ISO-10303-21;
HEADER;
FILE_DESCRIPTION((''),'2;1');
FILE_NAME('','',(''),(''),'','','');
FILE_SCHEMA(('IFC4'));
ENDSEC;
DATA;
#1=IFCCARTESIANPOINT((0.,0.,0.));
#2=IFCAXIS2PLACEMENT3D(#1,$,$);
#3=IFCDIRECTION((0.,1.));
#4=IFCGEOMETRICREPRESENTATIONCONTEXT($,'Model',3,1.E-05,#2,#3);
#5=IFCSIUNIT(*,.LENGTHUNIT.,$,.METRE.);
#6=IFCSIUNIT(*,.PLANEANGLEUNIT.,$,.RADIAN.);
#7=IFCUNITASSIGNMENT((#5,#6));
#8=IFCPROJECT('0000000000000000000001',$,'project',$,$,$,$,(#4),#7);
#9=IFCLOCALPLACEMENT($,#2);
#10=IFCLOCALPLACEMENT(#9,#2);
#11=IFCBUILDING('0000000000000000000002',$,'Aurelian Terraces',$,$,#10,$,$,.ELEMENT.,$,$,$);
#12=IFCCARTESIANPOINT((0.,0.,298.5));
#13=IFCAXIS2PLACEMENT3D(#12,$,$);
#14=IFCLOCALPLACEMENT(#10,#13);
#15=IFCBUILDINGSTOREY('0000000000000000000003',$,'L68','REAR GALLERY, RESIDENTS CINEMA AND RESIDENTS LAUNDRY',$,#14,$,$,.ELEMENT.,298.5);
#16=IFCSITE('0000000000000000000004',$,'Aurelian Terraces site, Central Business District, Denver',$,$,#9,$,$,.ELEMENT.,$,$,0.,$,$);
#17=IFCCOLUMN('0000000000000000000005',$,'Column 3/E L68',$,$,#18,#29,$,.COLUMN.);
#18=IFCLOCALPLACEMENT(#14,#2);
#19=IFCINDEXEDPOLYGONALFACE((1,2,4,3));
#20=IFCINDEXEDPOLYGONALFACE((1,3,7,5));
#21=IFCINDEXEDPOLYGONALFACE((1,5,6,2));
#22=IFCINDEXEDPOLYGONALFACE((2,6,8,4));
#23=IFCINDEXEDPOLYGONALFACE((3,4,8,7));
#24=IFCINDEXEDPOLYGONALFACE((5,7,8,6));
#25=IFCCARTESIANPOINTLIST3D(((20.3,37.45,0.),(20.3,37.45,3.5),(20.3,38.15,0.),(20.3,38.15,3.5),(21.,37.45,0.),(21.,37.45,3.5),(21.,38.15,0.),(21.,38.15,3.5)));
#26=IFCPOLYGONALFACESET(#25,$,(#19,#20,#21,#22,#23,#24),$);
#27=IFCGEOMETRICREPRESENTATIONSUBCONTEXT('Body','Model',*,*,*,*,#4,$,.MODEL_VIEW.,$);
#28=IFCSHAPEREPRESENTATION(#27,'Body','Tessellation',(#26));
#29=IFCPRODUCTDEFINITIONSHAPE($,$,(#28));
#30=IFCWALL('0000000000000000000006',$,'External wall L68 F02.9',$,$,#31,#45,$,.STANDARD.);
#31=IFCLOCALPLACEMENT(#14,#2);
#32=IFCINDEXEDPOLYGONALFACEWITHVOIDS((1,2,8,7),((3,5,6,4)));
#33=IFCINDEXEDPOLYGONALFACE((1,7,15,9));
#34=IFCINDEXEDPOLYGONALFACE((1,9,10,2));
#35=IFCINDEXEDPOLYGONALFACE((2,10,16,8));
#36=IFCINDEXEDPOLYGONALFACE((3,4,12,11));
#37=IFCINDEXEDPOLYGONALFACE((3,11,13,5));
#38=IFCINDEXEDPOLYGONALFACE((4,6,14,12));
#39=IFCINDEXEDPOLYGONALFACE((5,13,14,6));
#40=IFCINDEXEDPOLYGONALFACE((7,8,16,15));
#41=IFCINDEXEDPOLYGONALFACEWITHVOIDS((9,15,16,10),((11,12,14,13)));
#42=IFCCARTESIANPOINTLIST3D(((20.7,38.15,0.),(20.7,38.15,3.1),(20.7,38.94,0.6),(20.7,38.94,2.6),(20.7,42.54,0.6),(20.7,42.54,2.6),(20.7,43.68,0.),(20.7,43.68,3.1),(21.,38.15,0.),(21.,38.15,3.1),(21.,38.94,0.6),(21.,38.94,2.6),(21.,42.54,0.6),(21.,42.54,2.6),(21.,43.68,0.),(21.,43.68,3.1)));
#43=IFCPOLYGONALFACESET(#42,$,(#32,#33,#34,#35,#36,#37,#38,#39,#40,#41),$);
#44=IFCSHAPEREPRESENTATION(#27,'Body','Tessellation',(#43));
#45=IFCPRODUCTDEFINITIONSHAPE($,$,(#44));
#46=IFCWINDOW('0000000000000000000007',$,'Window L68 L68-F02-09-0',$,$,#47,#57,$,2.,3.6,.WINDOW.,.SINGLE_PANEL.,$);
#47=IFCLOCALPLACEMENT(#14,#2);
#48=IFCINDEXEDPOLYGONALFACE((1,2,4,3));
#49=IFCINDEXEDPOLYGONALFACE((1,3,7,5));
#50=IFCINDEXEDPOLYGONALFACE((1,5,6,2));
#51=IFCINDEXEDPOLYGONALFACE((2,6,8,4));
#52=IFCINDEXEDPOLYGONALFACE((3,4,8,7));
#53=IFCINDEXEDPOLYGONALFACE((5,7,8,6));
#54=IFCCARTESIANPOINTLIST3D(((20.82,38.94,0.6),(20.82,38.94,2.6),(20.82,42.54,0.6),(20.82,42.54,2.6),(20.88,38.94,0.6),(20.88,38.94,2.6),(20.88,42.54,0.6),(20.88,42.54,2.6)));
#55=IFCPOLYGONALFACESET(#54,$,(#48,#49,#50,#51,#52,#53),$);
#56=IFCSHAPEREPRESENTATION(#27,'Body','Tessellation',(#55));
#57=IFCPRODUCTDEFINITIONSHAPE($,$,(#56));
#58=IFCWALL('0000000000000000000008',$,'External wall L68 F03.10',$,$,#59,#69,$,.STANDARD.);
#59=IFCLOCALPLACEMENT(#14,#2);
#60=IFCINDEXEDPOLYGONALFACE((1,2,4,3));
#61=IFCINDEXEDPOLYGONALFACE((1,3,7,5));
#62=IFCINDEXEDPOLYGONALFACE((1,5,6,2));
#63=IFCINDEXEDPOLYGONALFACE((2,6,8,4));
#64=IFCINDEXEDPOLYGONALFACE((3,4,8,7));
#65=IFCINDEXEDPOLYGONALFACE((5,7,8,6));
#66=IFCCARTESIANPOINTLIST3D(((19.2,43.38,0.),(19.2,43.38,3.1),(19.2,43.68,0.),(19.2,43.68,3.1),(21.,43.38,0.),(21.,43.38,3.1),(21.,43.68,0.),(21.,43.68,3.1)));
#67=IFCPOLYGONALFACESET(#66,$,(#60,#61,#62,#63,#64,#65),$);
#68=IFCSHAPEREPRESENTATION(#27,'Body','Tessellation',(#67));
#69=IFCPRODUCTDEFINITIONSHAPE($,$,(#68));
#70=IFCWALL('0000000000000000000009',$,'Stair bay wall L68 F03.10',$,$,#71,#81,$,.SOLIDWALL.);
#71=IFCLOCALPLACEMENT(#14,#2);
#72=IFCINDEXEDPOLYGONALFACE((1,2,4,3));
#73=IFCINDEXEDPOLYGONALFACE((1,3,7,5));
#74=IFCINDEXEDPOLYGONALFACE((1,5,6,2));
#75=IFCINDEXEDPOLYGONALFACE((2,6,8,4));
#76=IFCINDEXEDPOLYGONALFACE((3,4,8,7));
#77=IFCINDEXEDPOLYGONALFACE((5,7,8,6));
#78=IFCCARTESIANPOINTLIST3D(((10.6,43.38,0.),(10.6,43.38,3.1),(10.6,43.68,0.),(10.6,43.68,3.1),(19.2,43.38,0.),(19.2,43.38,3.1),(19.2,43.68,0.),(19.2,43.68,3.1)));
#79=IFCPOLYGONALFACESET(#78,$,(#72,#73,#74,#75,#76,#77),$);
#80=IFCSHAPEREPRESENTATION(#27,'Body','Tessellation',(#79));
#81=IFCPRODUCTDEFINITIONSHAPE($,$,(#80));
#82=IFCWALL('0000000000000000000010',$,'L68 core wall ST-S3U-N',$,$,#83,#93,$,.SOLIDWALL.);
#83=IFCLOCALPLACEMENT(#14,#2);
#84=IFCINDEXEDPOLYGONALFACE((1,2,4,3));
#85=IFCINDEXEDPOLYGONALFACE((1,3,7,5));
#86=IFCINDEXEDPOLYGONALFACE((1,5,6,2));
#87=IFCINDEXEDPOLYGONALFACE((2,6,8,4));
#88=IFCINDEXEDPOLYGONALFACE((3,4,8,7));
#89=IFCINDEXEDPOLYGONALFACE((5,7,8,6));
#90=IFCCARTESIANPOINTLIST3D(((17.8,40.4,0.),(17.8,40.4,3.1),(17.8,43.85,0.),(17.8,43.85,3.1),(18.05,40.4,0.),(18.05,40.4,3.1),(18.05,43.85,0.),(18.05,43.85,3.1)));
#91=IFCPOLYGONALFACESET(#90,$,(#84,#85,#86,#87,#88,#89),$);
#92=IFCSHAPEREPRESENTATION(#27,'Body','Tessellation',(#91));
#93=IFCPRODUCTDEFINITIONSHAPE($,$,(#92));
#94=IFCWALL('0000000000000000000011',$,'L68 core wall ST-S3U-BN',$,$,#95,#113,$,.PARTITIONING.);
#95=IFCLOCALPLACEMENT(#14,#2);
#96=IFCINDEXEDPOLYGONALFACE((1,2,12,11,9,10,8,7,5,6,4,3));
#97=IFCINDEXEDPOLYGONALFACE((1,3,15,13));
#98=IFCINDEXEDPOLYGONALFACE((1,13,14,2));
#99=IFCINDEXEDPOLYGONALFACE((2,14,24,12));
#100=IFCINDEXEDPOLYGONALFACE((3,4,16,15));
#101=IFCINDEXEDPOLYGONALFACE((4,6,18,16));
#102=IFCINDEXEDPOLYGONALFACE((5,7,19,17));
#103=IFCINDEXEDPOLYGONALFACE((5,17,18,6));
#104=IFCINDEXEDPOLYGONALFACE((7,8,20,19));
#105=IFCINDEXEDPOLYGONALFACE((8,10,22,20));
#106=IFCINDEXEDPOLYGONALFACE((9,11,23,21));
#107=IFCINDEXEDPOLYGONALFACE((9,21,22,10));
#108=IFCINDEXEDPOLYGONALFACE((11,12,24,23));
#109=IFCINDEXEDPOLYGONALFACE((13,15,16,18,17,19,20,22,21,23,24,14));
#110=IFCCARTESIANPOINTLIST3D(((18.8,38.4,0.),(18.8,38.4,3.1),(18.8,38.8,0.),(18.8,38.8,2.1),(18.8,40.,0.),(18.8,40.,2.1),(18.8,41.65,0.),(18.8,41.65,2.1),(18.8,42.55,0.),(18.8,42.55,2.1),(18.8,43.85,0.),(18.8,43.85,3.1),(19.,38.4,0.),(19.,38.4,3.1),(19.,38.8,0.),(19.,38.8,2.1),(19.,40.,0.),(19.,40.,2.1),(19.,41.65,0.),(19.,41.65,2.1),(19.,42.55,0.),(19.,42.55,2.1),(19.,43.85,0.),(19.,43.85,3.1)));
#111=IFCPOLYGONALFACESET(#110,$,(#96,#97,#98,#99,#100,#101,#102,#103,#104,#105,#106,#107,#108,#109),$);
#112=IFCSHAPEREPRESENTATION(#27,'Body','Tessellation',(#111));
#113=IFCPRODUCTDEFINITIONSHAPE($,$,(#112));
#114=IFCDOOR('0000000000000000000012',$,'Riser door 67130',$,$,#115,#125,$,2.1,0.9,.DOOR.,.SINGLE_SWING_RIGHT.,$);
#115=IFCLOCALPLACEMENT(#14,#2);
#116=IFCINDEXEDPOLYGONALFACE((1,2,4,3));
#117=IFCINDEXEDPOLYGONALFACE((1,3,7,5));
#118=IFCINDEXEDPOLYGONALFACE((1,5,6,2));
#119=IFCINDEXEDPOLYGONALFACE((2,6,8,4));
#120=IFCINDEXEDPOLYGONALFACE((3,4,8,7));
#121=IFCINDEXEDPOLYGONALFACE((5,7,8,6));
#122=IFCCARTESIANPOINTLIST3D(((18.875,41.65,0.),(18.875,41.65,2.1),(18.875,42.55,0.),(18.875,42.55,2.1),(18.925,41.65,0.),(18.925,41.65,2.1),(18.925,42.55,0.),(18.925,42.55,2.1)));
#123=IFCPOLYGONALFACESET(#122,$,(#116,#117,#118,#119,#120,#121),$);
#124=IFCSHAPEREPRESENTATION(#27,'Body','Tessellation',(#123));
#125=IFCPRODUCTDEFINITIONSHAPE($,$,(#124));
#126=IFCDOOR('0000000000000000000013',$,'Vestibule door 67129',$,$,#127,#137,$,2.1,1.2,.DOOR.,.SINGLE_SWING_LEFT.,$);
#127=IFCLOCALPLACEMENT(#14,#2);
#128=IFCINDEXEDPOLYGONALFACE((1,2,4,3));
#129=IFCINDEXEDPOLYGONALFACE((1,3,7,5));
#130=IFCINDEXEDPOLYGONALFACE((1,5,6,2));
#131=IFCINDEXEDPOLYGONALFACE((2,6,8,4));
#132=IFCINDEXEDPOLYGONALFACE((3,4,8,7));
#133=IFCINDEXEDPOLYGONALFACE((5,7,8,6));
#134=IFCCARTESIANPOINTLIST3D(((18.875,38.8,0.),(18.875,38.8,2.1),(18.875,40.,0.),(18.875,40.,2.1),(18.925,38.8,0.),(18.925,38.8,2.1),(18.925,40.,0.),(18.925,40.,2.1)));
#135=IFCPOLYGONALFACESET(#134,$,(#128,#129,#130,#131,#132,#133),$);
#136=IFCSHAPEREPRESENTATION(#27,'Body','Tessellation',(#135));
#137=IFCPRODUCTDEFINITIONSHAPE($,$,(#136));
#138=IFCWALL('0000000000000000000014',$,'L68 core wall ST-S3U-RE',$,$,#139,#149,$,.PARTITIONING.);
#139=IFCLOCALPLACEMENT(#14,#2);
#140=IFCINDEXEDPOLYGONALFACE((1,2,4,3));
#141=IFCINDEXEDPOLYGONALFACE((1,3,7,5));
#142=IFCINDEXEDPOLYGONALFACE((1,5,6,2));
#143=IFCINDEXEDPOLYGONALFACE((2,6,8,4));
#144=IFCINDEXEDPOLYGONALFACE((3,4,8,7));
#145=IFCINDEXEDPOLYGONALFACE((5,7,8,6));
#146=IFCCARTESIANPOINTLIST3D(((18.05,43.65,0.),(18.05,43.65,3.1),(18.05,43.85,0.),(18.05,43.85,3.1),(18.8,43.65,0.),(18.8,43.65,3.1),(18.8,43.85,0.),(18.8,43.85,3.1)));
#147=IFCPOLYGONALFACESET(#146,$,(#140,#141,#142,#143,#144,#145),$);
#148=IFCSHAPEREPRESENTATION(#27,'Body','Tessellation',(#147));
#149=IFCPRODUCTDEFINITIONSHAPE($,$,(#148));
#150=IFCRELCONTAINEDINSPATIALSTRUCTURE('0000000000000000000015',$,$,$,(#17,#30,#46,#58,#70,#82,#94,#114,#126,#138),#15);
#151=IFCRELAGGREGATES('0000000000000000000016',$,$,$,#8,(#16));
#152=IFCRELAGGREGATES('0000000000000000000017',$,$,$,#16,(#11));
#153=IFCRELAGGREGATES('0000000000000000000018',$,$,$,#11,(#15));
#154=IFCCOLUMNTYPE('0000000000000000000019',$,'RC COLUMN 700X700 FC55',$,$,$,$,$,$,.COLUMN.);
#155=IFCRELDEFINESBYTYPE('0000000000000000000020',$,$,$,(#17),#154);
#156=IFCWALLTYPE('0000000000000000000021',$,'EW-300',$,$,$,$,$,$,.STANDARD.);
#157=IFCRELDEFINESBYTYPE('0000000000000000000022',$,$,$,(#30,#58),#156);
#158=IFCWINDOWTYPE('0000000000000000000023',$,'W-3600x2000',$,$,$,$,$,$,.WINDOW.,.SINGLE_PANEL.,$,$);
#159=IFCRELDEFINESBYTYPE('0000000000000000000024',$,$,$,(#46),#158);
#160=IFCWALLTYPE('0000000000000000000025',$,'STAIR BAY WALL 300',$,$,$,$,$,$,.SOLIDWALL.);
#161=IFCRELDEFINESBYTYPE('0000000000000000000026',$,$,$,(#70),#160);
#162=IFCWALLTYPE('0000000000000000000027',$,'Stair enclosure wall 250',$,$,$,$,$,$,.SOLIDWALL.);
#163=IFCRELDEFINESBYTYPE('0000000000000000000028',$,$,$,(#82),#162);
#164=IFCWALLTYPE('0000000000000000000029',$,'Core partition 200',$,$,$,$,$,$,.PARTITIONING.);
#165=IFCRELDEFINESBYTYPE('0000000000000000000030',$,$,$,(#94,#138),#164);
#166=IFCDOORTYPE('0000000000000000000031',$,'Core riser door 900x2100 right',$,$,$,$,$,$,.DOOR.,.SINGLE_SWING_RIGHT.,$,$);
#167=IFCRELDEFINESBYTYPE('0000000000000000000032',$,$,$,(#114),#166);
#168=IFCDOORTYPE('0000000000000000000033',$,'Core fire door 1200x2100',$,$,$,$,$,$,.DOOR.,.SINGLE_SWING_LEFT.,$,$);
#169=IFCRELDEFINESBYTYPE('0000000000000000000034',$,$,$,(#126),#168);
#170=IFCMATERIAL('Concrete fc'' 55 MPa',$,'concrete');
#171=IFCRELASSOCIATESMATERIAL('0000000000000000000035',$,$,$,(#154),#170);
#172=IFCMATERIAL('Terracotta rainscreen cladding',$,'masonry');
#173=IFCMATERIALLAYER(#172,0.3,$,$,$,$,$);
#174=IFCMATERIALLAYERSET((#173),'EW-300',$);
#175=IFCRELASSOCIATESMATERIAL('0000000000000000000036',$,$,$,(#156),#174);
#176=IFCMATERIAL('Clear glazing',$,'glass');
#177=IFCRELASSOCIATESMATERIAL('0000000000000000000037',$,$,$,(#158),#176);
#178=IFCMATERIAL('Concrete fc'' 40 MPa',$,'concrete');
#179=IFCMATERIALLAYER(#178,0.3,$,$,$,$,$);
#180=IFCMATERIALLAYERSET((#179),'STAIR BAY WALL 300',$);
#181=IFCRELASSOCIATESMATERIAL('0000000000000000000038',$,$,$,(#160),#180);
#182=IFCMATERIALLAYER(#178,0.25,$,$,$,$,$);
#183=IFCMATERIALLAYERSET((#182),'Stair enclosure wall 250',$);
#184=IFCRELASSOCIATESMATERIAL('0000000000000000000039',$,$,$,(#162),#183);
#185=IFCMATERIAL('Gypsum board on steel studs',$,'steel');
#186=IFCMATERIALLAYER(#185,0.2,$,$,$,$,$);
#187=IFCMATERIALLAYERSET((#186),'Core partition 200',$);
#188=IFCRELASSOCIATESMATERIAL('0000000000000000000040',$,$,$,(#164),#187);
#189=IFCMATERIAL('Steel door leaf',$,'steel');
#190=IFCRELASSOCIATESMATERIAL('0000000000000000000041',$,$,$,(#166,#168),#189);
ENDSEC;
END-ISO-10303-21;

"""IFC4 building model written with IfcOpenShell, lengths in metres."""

from ifc_helpers import new_model, si_unit, direction, frame, frame_2d, origin, origin_2d, place, context, subcontext, project, spatial, rectangle, extrude, source, transform, mapped, material, layer, layer_set, material_profile, profile_set, type_object, element, fill, save


model = new_model("IFC4")

# Units and contexts
model_context = context("Model", 3, precision=1e-05, world=origin(), true_north=direction((0.0, 1.0)))
body_context = subcontext(model_context, "Body", "Model", "MODEL_VIEW")
ifc_project = project(units=[si_unit("LENGTHUNIT", "METRE"), si_unit("PLANEANGLEUNIT", "RADIAN")], contexts=[model_context])

# Site, building, storey
site_placement = place(None, origin())
site = spatial("IfcSite", under=ifc_project, at=site_placement, Name="Aurelian Terraces site, Central Business District, Denver", CompositionType="ELEMENT", RefElevation=0.0)
building_placement = place(site_placement, origin())
building = spatial("IfcBuilding", under=site, at=building_placement, Name="Aurelian Terraces", CompositionType="ELEMENT")
storey_placement = place(building_placement, frame((0.0, 0.0, 298.5)))
storey = spatial("IfcBuildingStorey", under=building, at=storey_placement, Name="L68", Description="REAR GALLERY, RESIDENTS CINEMA AND RESIDENTS LAUNDRY", CompositionType="ELEMENT", Elevation=298.5)

# Column
ifc_material_1 = material(Name="Concrete fc' 55 MPa", Category="concrete")
ifc_material_profile = material_profile(ifc_material_1, rectangle(XDim=0.7, YDim=0.7, at=origin_2d()))
ifc_profile_set = profile_set([ifc_material_profile], Name="Concrete fc' 55 MPa")
column_type = type_object("IfcColumnType", Name="RC COLUMN 700X700 FC55", PredefinedType="COLUMN", material=ifc_profile_set)
shared_shape_1 = source(origin(), body_context, "Body", "SweptSolid", [
    extrude(rectangle(XDim=0.7, YDim=0.7, at=origin_2d()), origin(), (0.0, 0.0, 1.0), 3.5),
])
column_placement = place(storey_placement, frame((20.65, 37.8, 0.0), z_axis=(0.0, 0.0, 1.0), x_axis=(1.0, 0.0, 0.0)))
element("IfcColumn", 1, at=column_placement, inside=storey, type_object=column_type, Name="Column 3/E L68", PredefinedType="COLUMN", context=body_context, shape_type="MappedRepresentation", body=[
    mapped(shared_shape_1, transform((0.0, 0.0, 0.0), scale=1.0)),
])

# Wall, opening, window
ifc_material_2 = material(Name="Terracotta rainscreen cladding", Category="masonry")
ifc_layer_1 = layer(ifc_material_2, 0.3)
ifc_layer_set_1 = layer_set([ifc_layer_1], Name="EW-300")
wall_type_1 = type_object("IfcWallType", Name="EW-300", PredefinedType="STANDARD", material=ifc_layer_set_1)
shared_shape_2 = source(origin(), body_context, "Body", "SweptSolid", [
    extrude(rectangle(XDim=5.53, YDim=0.3, at=frame_2d((2.765, 0.0))), origin(), (0.0, 0.0, 1.0), 3.1),
])
wall_1_placement = place(storey_placement, frame((20.85, 38.15, 0.0), z_axis=(0.0, 0.0, 1.0), x_axis=(0.0, 1.0, 0.0)))
wall_1 = element("IfcWall", 2, at=wall_1_placement, inside=storey, type_object=wall_type_1, Name="External wall L68 F02.9", PredefinedType="STANDARD", context=body_context, shape_type="MappedRepresentation", body=[
    mapped(shared_shape_2, transform((0.0, 0.0, 0.0), scale=1.0)),
])
shared_shape_3 = source(origin(), body_context, "Body", "SweptSolid", [
    extrude(rectangle(XDim=3.6, YDim=2.0, at=frame_2d((1.8, 1.0))), frame((0.0, 0.16, 0.0), z_axis=(0.0, -1.0, 0.0), x_axis=(1.0, 0.0, 0.0)), (0.0, 0.0, 1.0), 0.32),
])
opening_1_placement = place(wall_1_placement, frame((0.79, 0.0, 0.6)))
opening_1 = element("IfcOpeningElement", 3, at=opening_1_placement, cuts=wall_1, PredefinedType="OPENING", context=body_context, shape_type="MappedRepresentation", body=[
    mapped(shared_shape_3, transform((0.0, 0.0, 0.0), scale=1.0)),
])
ifc_material_3 = material(Name="Clear glazing", Category="glass")
window_type = type_object("IfcWindowType", Name="W-3600x2000", PartitioningType="SINGLE_PANEL", PredefinedType="WINDOW", material=ifc_material_3)
shared_shape_4 = source(origin(), body_context, "Body", "SweptSolid", [
    extrude(rectangle(XDim=3.6, YDim=2.0, at=frame_2d((1.8, 1.0))), frame((0.0, 0.03, 0.0), z_axis=(0.0, -1.0, 0.0), x_axis=(1.0, 0.0, 0.0)), (0.0, 0.0, 1.0), 0.06),
])
window_placement = place(opening_1_placement, origin())
window = element("IfcWindow", 4, at=window_placement, inside=storey, type_object=window_type, Name="Window L68 L68-F02-09-0", OverallHeight=2.0, OverallWidth=3.6, PartitioningType="SINGLE_PANEL", PredefinedType="WINDOW", context=body_context, shape_type="MappedRepresentation", body=[
    mapped(shared_shape_4, transform((0.0, 0.0, 0.0), scale=1.0)),
])
fill(opening_1, window)

# Walls
shared_shape_5 = source(origin(), body_context, "Body", "SweptSolid", [
    extrude(rectangle(XDim=1.8, YDim=0.3, at=frame_2d((0.9, 0.0))), origin(), (0.0, 0.0, 1.0), 3.1),
])
wall_2_placement = place(storey_placement, frame((21.0, 43.53, 0.0), z_axis=(0.0, 0.0, 1.0), x_axis=(-1.0, 0.0, 0.0)))
element("IfcWall", 5, at=wall_2_placement, inside=storey, type_object=wall_type_1, Name="External wall L68 F03.10", PredefinedType="STANDARD", context=body_context, shape_type="MappedRepresentation", body=[
    mapped(shared_shape_5, transform((0.0, 0.0, 0.0), scale=1.0)),
])
ifc_material_4 = material(Name="Concrete fc' 40 MPa", Category="concrete")
ifc_layer_2 = layer(ifc_material_4, 0.3)
ifc_layer_set_2 = layer_set([ifc_layer_2], Name="STAIR BAY WALL 300")
wall_type_2 = type_object("IfcWallType", Name="STAIR BAY WALL 300", PredefinedType="SOLIDWALL", material=ifc_layer_set_2)
shared_shape_6 = source(origin(), body_context, "Body", "SweptSolid", [
    extrude(rectangle(XDim=8.6, YDim=0.3, at=frame_2d((4.3, 0.0))), origin(), (0.0, 0.0, 1.0), 3.1),
])
wall_3_placement = place(storey_placement, frame((19.2, 43.53, 0.0), z_axis=(0.0, 0.0, 1.0), x_axis=(-1.0, 0.0, 0.0)))
element("IfcWall", 6, at=wall_3_placement, inside=storey, type_object=wall_type_2, Name="Stair bay wall L68 F03.10", PredefinedType="SOLIDWALL", context=body_context, shape_type="MappedRepresentation", body=[
    mapped(shared_shape_6, transform((0.0, 0.0, 0.0), scale=1.0)),
])
ifc_layer_3 = layer(ifc_material_4, 0.25)
ifc_layer_set_3 = layer_set([ifc_layer_3], Name="Stair enclosure wall 250")
wall_type_3 = type_object("IfcWallType", Name="Stair enclosure wall 250", PredefinedType="SOLIDWALL", material=ifc_layer_set_3)
shared_shape_7 = source(origin(), body_context, "Body", "SweptSolid", [
    extrude(rectangle(XDim=3.45, YDim=0.25, at=frame_2d((1.725, 0.0))), origin(), (0.0, 0.0, 1.0), 3.1),
])
wall_4_placement = place(storey_placement, frame((17.925, 40.4, 0.0), z_axis=(0.0, 0.0, 1.0), x_axis=(0.0, 1.0, 0.0)))
element("IfcWall", 7, at=wall_4_placement, inside=storey, type_object=wall_type_3, Name="L68 core wall ST-S3U-N", PredefinedType="SOLIDWALL", context=body_context, shape_type="MappedRepresentation", body=[
    mapped(shared_shape_7, transform((0.0, 0.0, 0.0), scale=1.0)),
])

# Wall, openings, doors
ifc_material_5 = material(Name="Gypsum board on steel studs", Category="steel")
ifc_layer_4 = layer(ifc_material_5, 0.2)
ifc_layer_set_4 = layer_set([ifc_layer_4], Name="Core partition 200")
wall_type_4 = type_object("IfcWallType", Name="Core partition 200", PredefinedType="PARTITIONING", material=ifc_layer_set_4)
shared_shape_8 = source(origin(), body_context, "Body", "SweptSolid", [
    extrude(rectangle(XDim=5.45, YDim=0.2, at=frame_2d((2.725, 0.0))), origin(), (0.0, 0.0, 1.0), 3.1),
])
wall_5_placement = place(storey_placement, frame((18.9, 38.4, 0.0), z_axis=(0.0, 0.0, 1.0), x_axis=(0.0, 1.0, 0.0)))
wall_5 = element("IfcWall", 8, at=wall_5_placement, inside=storey, type_object=wall_type_4, Name="L68 core wall ST-S3U-BN", PredefinedType="PARTITIONING", context=body_context, shape_type="MappedRepresentation", body=[
    mapped(shared_shape_8, transform((0.0, 0.0, 0.0), scale=1.0)),
])
shared_shape_9 = source(origin(), body_context, "Body", "SweptSolid", [
    extrude(rectangle(XDim=1.2, YDim=2.1, at=frame_2d((0.6, 1.05))), frame((0.0, 0.11, 0.0), z_axis=(0.0, -1.0, 0.0), x_axis=(1.0, 0.0, 0.0)), (0.0, 0.0, 1.0), 0.22),
])
opening_2_placement = place(wall_5_placement, frame((0.4, 0.0, 0.0)))
opening_2 = element("IfcOpeningElement", 9, at=opening_2_placement, cuts=wall_5, PredefinedType="OPENING", context=body_context, shape_type="MappedRepresentation", body=[
    mapped(shared_shape_9, transform((0.0, 0.0, 0.0), scale=1.0)),
])
shared_shape_10 = source(origin(), body_context, "Body", "SweptSolid", [
    extrude(rectangle(XDim=0.9, YDim=2.1, at=frame_2d((0.45, 1.05))), frame((0.0, 0.11, 0.0), z_axis=(0.0, -1.0, 0.0), x_axis=(1.0, 0.0, 0.0)), (0.0, 0.0, 1.0), 0.22),
])
opening_3_placement = place(wall_5_placement, frame((3.25, 0.0, 0.0)))
opening_3 = element("IfcOpeningElement", 10, at=opening_3_placement, cuts=wall_5, PredefinedType="OPENING", context=body_context, shape_type="MappedRepresentation", body=[
    mapped(shared_shape_10, transform((0.0, 0.0, 0.0), scale=1.0)),
])
ifc_material_6 = material(Name="Steel door leaf", Category="steel")
door_type_1 = type_object("IfcDoorType", Name="Core riser door 900x2100 right", OperationType="SINGLE_SWING_RIGHT", PredefinedType="DOOR", material=ifc_material_6)
shared_shape_11 = source(origin(), body_context, "Body", "SweptSolid", [
    extrude(rectangle(XDim=0.9, YDim=2.1, at=frame_2d((0.45, 1.05))), frame((0.0, 0.025, 0.0), z_axis=(0.0, -1.0, 0.0), x_axis=(1.0, 0.0, 0.0)), (0.0, 0.0, 1.0), 0.05),
])
door_1_placement = place(opening_3_placement, origin())
door_1 = element("IfcDoor", 11, at=door_1_placement, inside=storey, type_object=door_type_1, Name="Riser door 67130", OperationType="SINGLE_SWING_RIGHT", OverallHeight=2.1, OverallWidth=0.9, PredefinedType="DOOR", context=body_context, shape_type="MappedRepresentation", body=[
    mapped(shared_shape_11, transform((0.0, 0.0, 0.0), scale=1.0)),
])
fill(opening_3, door_1)
door_type_2 = type_object("IfcDoorType", Name="Core fire door 1200x2100", OperationType="SINGLE_SWING_LEFT", PredefinedType="DOOR", material=ifc_material_6)
shared_shape_12 = source(origin(), body_context, "Body", "SweptSolid", [
    extrude(rectangle(XDim=1.2, YDim=2.1, at=frame_2d((0.6, 1.05))), frame((0.0, 0.025, 0.0), z_axis=(0.0, -1.0, 0.0), x_axis=(1.0, 0.0, 0.0)), (0.0, 0.0, 1.0), 0.05),
])
door_2_placement = place(opening_2_placement, origin())
door_2 = element("IfcDoor", 12, at=door_2_placement, inside=storey, type_object=door_type_2, Name="Vestibule door 67129", OperationType="SINGLE_SWING_LEFT", OverallHeight=2.1, OverallWidth=1.2, PredefinedType="DOOR", context=body_context, shape_type="MappedRepresentation", body=[
    mapped(shared_shape_12, transform((0.0, 0.0, 0.0), scale=1.0)),
])
fill(opening_2, door_2)

# Wall
shared_shape_13 = source(origin(), body_context, "Body", "SweptSolid", [
    extrude(rectangle(XDim=0.75, YDim=0.2, at=frame_2d((0.375, 0.0))), origin(), (0.0, 0.0, 1.0), 3.1),
])
wall_6_placement = place(storey_placement, frame((18.05, 43.75, 0.0), z_axis=(0.0, 0.0, 1.0), x_axis=(1.0, 0.0, 0.0)))
element("IfcWall", 13, at=wall_6_placement, inside=storey, type_object=wall_type_4, Name="L68 core wall ST-S3U-RE", PredefinedType="PARTITIONING", context=body_context, shape_type="MappedRepresentation", body=[
    mapped(shared_shape_13, transform((0.0, 0.0, 0.0), scale=1.0)),
])

save(model, "model.ifc")
